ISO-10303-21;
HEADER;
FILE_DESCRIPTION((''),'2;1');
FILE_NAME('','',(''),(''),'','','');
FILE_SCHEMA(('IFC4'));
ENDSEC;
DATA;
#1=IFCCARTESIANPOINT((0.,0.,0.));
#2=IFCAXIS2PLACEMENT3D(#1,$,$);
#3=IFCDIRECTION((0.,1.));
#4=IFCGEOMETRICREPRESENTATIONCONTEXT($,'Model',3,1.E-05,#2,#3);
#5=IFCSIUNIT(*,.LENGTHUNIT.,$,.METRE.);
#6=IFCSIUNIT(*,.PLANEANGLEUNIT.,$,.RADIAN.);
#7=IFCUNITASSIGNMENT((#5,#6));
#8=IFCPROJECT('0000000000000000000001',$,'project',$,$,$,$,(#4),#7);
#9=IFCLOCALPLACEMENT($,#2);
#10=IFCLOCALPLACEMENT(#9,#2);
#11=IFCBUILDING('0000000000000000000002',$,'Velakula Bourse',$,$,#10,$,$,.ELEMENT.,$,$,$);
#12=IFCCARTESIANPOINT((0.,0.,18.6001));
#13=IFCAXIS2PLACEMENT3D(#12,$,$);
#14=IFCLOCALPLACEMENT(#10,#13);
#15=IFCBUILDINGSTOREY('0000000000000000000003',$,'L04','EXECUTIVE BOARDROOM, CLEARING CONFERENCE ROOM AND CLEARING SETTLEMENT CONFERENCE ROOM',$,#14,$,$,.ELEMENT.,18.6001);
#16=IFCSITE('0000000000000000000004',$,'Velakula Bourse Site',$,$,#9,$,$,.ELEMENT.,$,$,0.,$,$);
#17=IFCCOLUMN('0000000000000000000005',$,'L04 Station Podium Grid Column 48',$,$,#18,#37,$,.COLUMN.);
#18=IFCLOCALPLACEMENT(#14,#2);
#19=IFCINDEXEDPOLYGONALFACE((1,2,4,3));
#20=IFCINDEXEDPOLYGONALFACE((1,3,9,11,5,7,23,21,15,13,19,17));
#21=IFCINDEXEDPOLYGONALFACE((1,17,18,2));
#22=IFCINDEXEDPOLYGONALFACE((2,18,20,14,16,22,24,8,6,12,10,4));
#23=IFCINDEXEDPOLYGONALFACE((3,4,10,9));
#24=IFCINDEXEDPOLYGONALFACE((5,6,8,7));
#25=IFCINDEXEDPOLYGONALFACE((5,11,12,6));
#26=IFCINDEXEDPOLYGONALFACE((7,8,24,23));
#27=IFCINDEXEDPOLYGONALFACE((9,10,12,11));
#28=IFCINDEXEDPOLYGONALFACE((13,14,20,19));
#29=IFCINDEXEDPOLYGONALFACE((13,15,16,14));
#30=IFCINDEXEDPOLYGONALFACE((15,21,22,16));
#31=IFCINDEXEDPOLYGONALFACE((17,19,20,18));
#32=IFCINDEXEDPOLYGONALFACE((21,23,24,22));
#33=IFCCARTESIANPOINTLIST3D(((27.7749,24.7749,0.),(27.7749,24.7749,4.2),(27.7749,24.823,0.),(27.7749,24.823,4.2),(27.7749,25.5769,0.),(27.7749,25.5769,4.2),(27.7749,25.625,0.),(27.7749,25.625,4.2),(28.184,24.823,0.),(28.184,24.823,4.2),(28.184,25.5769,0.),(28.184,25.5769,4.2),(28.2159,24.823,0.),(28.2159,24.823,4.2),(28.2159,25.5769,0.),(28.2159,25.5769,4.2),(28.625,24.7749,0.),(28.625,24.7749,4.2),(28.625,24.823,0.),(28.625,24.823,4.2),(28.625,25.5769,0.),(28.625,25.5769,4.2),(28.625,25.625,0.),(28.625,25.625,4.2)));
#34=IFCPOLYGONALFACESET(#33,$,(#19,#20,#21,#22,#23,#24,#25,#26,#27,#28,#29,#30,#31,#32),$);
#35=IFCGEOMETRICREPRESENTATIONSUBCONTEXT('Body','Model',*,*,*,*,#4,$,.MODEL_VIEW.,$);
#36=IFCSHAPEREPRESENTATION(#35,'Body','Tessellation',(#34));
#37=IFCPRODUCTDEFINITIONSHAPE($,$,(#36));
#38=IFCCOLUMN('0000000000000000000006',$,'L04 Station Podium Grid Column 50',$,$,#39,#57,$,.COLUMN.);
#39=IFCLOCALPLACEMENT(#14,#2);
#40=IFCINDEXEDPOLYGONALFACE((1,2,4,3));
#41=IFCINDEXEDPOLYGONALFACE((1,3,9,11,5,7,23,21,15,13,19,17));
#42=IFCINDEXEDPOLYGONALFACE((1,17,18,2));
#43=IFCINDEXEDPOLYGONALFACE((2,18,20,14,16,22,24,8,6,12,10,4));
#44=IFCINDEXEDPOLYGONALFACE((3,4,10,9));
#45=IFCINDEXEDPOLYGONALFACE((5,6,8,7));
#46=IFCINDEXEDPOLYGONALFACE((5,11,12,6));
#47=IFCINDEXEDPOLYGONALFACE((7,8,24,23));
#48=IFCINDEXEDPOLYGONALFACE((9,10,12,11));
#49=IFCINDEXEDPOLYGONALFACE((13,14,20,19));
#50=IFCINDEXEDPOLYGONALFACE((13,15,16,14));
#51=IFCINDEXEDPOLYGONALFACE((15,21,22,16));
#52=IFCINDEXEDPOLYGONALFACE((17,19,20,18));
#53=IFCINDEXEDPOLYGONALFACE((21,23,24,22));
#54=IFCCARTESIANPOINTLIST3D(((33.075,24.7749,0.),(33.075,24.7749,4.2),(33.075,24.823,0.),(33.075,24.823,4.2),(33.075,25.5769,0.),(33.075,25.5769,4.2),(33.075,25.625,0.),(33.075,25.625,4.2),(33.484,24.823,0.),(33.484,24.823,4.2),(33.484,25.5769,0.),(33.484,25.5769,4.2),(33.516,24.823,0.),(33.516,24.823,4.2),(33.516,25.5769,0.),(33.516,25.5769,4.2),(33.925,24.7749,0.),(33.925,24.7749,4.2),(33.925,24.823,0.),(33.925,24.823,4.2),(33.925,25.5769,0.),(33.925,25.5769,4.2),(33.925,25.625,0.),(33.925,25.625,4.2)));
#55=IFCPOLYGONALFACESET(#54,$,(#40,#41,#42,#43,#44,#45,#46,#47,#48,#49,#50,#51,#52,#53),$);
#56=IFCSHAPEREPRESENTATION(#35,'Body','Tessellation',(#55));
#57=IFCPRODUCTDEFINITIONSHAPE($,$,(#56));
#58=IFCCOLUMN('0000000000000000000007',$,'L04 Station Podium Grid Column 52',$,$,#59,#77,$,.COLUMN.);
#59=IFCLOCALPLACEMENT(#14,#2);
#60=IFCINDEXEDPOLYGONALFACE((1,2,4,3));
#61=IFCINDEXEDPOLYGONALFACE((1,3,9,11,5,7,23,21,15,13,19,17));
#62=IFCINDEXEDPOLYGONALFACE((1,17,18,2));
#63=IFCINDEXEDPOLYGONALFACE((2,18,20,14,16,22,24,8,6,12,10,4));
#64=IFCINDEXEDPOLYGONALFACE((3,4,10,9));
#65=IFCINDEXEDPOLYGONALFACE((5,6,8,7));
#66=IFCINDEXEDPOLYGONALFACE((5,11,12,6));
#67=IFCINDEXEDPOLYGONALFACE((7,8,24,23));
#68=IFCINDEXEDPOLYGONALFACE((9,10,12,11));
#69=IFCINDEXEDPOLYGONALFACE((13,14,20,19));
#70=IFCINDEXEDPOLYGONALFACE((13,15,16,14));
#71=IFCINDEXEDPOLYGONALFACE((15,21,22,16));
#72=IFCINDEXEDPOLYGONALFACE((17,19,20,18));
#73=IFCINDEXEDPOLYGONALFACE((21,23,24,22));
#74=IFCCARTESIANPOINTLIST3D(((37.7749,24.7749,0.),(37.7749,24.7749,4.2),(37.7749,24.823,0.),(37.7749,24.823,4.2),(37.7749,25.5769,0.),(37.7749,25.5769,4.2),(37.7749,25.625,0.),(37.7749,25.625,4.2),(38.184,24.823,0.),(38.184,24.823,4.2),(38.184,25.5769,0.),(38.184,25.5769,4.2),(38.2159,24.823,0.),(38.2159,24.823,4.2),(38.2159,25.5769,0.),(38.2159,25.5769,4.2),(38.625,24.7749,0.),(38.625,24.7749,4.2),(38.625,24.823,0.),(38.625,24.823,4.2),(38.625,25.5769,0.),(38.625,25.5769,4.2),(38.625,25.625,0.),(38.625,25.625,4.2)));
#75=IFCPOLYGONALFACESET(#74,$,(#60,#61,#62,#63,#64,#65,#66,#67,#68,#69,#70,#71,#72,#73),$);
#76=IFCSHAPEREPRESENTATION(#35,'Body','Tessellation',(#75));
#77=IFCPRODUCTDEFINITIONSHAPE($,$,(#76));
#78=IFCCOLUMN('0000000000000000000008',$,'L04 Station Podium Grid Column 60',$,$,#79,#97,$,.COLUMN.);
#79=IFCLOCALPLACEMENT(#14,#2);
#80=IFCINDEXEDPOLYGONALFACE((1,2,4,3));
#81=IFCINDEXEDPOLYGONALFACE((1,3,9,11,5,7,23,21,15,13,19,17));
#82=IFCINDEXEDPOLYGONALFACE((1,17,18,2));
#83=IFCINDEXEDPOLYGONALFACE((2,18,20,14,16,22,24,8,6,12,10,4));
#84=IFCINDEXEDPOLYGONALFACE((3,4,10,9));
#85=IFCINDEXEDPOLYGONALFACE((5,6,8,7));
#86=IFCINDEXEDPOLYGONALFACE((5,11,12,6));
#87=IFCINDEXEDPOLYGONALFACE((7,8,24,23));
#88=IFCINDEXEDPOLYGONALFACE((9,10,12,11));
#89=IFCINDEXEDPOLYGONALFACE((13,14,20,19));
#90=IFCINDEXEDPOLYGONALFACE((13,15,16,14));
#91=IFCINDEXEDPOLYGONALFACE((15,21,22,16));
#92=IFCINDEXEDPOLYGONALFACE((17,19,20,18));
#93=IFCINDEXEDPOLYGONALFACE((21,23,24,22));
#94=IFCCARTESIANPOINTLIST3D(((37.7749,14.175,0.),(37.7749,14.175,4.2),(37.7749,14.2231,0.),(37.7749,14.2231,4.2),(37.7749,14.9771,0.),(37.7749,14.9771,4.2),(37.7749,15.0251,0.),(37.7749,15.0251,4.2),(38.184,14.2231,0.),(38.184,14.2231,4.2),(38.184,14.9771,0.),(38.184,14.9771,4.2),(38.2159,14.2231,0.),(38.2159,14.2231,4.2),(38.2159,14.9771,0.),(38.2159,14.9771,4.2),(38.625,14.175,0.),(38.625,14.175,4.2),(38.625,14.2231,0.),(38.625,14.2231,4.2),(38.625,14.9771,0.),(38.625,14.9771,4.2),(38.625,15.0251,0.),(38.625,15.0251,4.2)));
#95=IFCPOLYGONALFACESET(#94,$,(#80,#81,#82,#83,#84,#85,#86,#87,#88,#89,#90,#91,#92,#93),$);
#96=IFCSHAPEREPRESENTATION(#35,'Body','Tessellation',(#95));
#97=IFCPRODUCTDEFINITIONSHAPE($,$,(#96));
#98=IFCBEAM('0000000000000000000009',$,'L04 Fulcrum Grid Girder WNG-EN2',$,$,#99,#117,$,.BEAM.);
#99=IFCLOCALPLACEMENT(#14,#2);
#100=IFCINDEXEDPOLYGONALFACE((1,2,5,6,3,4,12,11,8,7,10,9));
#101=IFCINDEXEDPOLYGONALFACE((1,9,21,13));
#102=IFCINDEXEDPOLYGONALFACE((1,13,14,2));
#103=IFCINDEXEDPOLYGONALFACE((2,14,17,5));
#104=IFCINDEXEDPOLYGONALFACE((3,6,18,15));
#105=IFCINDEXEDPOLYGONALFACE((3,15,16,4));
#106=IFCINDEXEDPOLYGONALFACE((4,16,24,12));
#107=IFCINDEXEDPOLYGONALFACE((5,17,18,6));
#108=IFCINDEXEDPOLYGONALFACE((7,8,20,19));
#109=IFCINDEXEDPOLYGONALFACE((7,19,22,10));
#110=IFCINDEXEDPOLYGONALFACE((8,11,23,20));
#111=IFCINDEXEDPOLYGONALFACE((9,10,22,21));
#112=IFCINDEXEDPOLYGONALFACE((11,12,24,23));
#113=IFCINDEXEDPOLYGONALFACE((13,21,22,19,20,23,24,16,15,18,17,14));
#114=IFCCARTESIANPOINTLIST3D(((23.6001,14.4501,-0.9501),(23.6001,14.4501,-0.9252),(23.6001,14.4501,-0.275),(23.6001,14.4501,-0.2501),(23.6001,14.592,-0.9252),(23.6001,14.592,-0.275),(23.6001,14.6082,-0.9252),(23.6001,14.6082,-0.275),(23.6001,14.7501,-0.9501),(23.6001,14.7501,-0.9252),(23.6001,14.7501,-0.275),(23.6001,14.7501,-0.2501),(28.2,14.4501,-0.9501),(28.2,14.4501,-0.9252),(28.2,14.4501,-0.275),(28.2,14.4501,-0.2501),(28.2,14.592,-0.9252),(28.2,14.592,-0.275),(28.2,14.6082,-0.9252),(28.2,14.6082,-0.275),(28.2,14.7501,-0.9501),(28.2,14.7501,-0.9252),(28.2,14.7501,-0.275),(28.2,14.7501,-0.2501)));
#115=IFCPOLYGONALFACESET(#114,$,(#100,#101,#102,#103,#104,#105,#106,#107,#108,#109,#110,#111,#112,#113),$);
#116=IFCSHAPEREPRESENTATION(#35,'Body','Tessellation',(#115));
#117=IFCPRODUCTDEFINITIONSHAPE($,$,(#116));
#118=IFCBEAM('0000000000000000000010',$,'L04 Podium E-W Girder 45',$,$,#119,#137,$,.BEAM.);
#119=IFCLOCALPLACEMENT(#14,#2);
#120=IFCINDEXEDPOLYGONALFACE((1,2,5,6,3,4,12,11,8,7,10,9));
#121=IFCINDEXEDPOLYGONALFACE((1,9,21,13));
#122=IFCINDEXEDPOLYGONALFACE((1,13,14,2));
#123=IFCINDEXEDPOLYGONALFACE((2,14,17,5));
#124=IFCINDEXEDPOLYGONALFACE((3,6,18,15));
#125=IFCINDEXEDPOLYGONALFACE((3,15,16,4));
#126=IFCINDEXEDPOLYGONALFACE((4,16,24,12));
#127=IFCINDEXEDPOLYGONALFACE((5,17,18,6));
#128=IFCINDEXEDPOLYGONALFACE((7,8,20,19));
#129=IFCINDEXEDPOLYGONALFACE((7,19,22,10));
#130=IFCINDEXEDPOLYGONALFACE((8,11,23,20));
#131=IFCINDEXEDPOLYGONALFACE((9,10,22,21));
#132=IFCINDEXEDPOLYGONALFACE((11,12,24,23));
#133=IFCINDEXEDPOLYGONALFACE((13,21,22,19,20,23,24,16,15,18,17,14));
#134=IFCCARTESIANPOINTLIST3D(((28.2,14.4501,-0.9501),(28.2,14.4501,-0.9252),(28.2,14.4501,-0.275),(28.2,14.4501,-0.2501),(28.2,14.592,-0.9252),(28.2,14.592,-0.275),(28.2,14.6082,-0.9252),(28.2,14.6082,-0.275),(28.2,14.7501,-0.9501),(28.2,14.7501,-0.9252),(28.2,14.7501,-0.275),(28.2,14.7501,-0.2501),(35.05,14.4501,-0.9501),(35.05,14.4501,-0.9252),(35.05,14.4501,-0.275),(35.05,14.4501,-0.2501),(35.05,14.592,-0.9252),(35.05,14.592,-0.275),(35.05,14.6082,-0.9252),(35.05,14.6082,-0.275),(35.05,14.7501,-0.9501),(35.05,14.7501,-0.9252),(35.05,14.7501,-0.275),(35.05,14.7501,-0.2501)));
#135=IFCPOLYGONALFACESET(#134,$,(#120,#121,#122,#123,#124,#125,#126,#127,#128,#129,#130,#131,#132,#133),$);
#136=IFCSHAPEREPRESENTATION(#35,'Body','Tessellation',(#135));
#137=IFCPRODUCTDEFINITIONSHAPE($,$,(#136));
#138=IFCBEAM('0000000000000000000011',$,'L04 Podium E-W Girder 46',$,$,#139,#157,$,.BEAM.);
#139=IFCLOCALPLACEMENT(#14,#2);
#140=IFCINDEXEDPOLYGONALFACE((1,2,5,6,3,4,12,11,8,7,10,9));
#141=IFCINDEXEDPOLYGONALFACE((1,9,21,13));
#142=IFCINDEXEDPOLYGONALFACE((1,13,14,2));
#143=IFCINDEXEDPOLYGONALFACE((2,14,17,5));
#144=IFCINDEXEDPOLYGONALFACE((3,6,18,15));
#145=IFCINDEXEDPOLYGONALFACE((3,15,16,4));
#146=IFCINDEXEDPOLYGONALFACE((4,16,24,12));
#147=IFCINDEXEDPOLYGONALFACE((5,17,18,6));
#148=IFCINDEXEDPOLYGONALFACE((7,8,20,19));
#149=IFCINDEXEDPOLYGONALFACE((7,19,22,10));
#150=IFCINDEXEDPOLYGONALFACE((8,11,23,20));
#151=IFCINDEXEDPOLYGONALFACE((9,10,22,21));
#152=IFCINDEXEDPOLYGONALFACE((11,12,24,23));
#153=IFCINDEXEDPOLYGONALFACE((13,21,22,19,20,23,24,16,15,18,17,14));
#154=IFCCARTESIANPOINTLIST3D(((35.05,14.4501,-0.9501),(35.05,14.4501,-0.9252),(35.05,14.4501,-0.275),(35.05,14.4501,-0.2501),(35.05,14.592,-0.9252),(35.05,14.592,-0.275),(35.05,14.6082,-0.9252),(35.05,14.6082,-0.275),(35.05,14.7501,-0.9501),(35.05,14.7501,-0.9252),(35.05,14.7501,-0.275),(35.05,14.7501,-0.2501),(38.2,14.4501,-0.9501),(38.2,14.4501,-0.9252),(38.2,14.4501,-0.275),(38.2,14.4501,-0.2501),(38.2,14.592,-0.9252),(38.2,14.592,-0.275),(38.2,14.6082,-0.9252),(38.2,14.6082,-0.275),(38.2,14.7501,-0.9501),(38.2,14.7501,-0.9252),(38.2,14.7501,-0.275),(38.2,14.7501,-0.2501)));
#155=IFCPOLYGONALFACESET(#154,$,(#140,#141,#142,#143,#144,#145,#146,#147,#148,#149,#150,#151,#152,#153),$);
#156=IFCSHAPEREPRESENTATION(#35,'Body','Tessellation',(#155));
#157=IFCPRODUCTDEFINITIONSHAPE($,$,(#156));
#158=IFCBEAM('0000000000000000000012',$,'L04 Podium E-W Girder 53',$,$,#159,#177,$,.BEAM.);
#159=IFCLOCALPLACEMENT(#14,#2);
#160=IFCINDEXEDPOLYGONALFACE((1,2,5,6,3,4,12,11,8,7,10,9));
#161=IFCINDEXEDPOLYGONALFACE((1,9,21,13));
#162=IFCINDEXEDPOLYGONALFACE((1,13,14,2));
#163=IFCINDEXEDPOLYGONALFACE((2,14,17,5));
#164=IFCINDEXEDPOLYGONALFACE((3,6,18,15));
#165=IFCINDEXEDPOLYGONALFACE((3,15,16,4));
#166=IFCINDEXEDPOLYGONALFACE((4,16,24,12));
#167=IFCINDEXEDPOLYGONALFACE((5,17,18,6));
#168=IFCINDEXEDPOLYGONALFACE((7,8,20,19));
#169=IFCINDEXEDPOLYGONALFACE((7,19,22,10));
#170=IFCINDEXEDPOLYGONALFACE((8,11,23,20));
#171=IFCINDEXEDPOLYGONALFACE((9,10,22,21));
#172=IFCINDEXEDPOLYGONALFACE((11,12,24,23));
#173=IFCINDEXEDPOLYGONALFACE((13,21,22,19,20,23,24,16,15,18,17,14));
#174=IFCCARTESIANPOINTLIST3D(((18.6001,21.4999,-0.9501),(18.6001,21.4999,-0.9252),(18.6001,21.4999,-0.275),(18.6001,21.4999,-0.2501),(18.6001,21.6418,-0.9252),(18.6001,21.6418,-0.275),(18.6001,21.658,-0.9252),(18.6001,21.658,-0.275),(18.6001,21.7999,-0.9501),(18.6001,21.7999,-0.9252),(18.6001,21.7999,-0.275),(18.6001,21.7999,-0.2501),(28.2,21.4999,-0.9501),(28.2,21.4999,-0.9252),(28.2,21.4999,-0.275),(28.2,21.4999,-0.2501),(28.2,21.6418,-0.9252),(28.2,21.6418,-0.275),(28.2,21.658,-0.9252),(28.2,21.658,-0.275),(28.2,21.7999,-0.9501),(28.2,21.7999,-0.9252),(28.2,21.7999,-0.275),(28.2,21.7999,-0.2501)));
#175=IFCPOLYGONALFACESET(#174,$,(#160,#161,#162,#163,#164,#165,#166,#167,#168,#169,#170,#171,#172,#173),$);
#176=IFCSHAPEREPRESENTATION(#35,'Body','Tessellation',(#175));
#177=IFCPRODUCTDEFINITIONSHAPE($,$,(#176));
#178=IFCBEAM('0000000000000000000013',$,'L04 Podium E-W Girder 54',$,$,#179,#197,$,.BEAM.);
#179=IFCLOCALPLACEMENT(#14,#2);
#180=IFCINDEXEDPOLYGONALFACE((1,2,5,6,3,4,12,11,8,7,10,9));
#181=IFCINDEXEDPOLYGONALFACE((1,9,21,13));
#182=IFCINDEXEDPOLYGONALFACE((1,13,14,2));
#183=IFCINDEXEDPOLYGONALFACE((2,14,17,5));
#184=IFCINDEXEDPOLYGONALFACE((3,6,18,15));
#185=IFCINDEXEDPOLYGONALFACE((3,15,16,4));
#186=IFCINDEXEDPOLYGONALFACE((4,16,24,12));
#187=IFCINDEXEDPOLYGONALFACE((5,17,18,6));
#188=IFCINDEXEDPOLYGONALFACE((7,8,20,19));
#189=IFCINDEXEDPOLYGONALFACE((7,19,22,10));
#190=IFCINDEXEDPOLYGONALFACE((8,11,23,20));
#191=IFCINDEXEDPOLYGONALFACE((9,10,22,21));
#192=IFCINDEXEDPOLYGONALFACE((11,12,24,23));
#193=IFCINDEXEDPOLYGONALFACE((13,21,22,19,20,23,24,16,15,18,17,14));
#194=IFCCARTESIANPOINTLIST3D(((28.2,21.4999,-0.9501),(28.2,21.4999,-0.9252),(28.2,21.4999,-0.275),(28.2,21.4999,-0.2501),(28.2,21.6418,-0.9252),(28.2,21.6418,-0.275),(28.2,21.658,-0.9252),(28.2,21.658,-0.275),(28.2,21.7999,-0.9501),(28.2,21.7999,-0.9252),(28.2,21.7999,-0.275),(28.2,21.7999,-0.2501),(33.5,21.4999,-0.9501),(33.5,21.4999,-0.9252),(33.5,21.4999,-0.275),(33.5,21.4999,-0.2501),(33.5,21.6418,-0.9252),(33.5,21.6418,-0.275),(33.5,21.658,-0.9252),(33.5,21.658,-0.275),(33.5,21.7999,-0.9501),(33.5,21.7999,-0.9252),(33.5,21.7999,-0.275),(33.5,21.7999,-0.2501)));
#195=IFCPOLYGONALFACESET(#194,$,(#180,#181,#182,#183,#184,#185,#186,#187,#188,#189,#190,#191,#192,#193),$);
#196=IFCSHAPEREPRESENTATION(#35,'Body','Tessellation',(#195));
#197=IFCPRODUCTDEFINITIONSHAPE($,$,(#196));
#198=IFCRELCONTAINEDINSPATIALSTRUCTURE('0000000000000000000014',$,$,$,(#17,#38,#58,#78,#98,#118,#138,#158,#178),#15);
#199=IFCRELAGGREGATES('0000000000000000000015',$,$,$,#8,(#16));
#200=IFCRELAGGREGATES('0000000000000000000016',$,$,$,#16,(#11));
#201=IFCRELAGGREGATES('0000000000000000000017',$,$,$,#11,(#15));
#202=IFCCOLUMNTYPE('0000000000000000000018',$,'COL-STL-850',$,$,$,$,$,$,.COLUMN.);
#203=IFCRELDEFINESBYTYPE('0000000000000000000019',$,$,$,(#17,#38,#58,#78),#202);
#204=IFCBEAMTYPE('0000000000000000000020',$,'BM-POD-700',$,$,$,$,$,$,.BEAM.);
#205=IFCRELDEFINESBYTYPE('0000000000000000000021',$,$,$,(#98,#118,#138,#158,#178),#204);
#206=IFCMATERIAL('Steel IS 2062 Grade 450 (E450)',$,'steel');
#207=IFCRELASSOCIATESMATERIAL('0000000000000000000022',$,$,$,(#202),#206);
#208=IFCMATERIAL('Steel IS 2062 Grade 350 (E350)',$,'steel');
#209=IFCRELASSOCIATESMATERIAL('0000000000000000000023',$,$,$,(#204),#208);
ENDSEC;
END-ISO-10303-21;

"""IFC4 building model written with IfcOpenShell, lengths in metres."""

from ifc_helpers import new_model, si_unit, direction, frame, origin, origin_2d, place, context, subcontext, project, spatial, i_section, extrude, material, material_profile, profile_set, type_object, element, save


model = new_model("IFC4")

# Units and contexts
model_context = context("Model", 3, precision=1e-05, world=origin(), true_north=direction((0.0, 1.0)))
body_context = subcontext(model_context, "Body", "Model", "MODEL_VIEW")
ifc_project = project(units=[si_unit("LENGTHUNIT", "METRE"), si_unit("PLANEANGLEUNIT", "RADIAN")], contexts=[model_context])

# Site, building, storey
site_placement = place(None, origin())
site = spatial("IfcSite", under=ifc_project, at=site_placement, Name="Velakula Bourse Site", CompositionType="ELEMENT", RefElevation=0.0)
building_placement = place(site_placement, origin())
building = spatial("IfcBuilding", under=site, at=building_placement, Name="Velakula Bourse", CompositionType="ELEMENT")
storey_placement = place(building_placement, frame((0.0, 0.0, 18.6001)))
storey = spatial("IfcBuildingStorey", under=building, at=storey_placement, Name="L04", Description="EXECUTIVE BOARDROOM, CLEARING CONFERENCE ROOM AND CLEARING SETTLEMENT CONFERENCE ROOM", CompositionType="ELEMENT", Elevation=18.6001)

# Columns
ifc_material_1 = material(Name="Steel IS 2062 Grade 450 (E450)", Category="steel")
ifc_material_profile_1 = material_profile(ifc_material_1, i_section(OverallWidth=0.8501, OverallDepth=0.8501, WebThickness=0.032, FlangeThickness=0.0481, at=origin_2d()), Name="Steel IS 2062 Grade 450 (E450)")
ifc_profile_set_1 = profile_set([ifc_material_profile_1], Name="Steel IS 2062 Grade 450 (E450)")
column_type = type_object("IfcColumnType", Name="COL-STL-850", PredefinedType="COLUMN", material=ifc_profile_set_1)
for number, where, z_axis, x_axis, name in (
    (1, (28.2, 25.2, 0.0), (0.0, 0.0, 1.0), (1.0, 0.0, 0.0), "L04 Station Podium Grid Column 48"),
    (2, (33.5, 25.2, 0.0), (0.0, 0.0, 1.0), (1.0, 0.0, 0.0), "L04 Station Podium Grid Column 50"),
    (3, (38.2, 25.2, 0.0), (0.0, 0.0, 1.0), (1.0, 0.0, 0.0), "L04 Station Podium Grid Column 52"),
    (4, (38.2, 14.6001, 0.0), (0.0, 0.0, 1.0), (1.0, 0.0, 0.0), "L04 Station Podium Grid Column 60"),
):
    element("IfcColumn", number, at=place(storey_placement, frame(where, z_axis=z_axis, x_axis=x_axis)), inside=storey, type_object=column_type, Name=name, PredefinedType="COLUMN", context=body_context, shape_type="SweptSolid", body=[
        extrude(i_section(OverallWidth=0.8501, OverallDepth=0.8501, WebThickness=0.032, FlangeThickness=0.0481, at=origin_2d()), origin(), (0.0, 0.0, 1.0), 4.2),
    ])

# Beams
ifc_material_2 = material(Name="Steel IS 2062 Grade 350 (E350)", Category="steel")
ifc_material_profile_2 = material_profile(ifc_material_2, i_section(OverallWidth=0.3, OverallDepth=0.7, WebThickness=0.0161, FlangeThickness=0.0249, at=origin_2d()), Name="Steel IS 2062 Grade 350 (E350)")
ifc_profile_set_2 = profile_set([ifc_material_profile_2], Name="Steel IS 2062 Grade 350 (E350)")
beam_type_1 = type_object("IfcBeamType", Name="BM-POD-700", PredefinedType="BEAM", material=ifc_profile_set_2)
beam_1_placement = place(storey_placement, frame((23.6001, 14.6001, -0.6001), z_axis=(1.0, 0.0, 0.0), x_axis=(0.0, 1.0, 0.0)))
element("IfcBeam", 5, at=beam_1_placement, inside=storey, type_object=beam_type_1, Name="L04 Fulcrum Grid Girder WNG-EN2", PredefinedType="BEAM", context=body_context, shape_type="SweptSolid", body=[
    extrude(i_section(OverallWidth=0.3, OverallDepth=0.7, WebThickness=0.0161, FlangeThickness=0.0249, at=origin_2d()), origin(), (0.0, 0.0, 1.0), 4.5999),
])
beam_2_placement = place(storey_placement, frame((28.2, 14.6001, -0.6001), z_axis=(1.0, 0.0, 0.0), x_axis=(0.0, 1.0, 0.0)))
element("IfcBeam", 6, at=beam_2_placement, inside=storey, type_object=beam_type_1, Name="L04 Podium E-W Girder 45", PredefinedType="BEAM", context=body_context, shape_type="SweptSolid", body=[
    extrude(i_section(OverallWidth=0.3, OverallDepth=0.7, WebThickness=0.0161, FlangeThickness=0.0249, at=origin_2d()), origin(), (0.0, 0.0, 1.0), 6.8501),
])
beam_3_placement = place(storey_placement, frame((35.05, 14.6001, -0.6001), z_axis=(1.0, 0.0, 0.0), x_axis=(0.0, 1.0, 0.0)))
element("IfcBeam", 7, at=beam_3_placement, inside=storey, type_object=beam_type_1, Name="L04 Podium E-W Girder 46", PredefinedType="BEAM", context=body_context, shape_type="SweptSolid", body=[
    extrude(i_section(OverallWidth=0.3, OverallDepth=0.7, WebThickness=0.0161, FlangeThickness=0.0249, at=origin_2d()), origin(), (0.0, 0.0, 1.0), 3.1499),
])
beam_4_placement = place(storey_placement, frame((18.6001, 21.6499, -0.6001), z_axis=(1.0, 0.0, 0.0), x_axis=(0.0, 1.0, 0.0)))
element("IfcBeam", 8, at=beam_4_placement, inside=storey, type_object=beam_type_1, Name="L04 Podium E-W Girder 53", PredefinedType="BEAM", context=body_context, shape_type="SweptSolid", body=[
    extrude(i_section(OverallWidth=0.3, OverallDepth=0.7, WebThickness=0.0161, FlangeThickness=0.0249, at=origin_2d()), origin(), (0.0, 0.0, 1.0), 9.5999),
])
beam_5_placement = place(storey_placement, frame((28.2, 21.6499, -0.6001), z_axis=(1.0, 0.0, 0.0), x_axis=(0.0, 1.0, 0.0)))
element("IfcBeam", 9, at=beam_5_placement, inside=storey, type_object=beam_type_1, Name="L04 Podium E-W Girder 54", PredefinedType="BEAM", context=body_context, shape_type="SweptSolid", body=[
    extrude(i_section(OverallWidth=0.3, OverallDepth=0.7, WebThickness=0.0161, FlangeThickness=0.0249, at=origin_2d()), origin(), (0.0, 0.0, 1.0), 5.3),
])

save(model, "model.ifc")
